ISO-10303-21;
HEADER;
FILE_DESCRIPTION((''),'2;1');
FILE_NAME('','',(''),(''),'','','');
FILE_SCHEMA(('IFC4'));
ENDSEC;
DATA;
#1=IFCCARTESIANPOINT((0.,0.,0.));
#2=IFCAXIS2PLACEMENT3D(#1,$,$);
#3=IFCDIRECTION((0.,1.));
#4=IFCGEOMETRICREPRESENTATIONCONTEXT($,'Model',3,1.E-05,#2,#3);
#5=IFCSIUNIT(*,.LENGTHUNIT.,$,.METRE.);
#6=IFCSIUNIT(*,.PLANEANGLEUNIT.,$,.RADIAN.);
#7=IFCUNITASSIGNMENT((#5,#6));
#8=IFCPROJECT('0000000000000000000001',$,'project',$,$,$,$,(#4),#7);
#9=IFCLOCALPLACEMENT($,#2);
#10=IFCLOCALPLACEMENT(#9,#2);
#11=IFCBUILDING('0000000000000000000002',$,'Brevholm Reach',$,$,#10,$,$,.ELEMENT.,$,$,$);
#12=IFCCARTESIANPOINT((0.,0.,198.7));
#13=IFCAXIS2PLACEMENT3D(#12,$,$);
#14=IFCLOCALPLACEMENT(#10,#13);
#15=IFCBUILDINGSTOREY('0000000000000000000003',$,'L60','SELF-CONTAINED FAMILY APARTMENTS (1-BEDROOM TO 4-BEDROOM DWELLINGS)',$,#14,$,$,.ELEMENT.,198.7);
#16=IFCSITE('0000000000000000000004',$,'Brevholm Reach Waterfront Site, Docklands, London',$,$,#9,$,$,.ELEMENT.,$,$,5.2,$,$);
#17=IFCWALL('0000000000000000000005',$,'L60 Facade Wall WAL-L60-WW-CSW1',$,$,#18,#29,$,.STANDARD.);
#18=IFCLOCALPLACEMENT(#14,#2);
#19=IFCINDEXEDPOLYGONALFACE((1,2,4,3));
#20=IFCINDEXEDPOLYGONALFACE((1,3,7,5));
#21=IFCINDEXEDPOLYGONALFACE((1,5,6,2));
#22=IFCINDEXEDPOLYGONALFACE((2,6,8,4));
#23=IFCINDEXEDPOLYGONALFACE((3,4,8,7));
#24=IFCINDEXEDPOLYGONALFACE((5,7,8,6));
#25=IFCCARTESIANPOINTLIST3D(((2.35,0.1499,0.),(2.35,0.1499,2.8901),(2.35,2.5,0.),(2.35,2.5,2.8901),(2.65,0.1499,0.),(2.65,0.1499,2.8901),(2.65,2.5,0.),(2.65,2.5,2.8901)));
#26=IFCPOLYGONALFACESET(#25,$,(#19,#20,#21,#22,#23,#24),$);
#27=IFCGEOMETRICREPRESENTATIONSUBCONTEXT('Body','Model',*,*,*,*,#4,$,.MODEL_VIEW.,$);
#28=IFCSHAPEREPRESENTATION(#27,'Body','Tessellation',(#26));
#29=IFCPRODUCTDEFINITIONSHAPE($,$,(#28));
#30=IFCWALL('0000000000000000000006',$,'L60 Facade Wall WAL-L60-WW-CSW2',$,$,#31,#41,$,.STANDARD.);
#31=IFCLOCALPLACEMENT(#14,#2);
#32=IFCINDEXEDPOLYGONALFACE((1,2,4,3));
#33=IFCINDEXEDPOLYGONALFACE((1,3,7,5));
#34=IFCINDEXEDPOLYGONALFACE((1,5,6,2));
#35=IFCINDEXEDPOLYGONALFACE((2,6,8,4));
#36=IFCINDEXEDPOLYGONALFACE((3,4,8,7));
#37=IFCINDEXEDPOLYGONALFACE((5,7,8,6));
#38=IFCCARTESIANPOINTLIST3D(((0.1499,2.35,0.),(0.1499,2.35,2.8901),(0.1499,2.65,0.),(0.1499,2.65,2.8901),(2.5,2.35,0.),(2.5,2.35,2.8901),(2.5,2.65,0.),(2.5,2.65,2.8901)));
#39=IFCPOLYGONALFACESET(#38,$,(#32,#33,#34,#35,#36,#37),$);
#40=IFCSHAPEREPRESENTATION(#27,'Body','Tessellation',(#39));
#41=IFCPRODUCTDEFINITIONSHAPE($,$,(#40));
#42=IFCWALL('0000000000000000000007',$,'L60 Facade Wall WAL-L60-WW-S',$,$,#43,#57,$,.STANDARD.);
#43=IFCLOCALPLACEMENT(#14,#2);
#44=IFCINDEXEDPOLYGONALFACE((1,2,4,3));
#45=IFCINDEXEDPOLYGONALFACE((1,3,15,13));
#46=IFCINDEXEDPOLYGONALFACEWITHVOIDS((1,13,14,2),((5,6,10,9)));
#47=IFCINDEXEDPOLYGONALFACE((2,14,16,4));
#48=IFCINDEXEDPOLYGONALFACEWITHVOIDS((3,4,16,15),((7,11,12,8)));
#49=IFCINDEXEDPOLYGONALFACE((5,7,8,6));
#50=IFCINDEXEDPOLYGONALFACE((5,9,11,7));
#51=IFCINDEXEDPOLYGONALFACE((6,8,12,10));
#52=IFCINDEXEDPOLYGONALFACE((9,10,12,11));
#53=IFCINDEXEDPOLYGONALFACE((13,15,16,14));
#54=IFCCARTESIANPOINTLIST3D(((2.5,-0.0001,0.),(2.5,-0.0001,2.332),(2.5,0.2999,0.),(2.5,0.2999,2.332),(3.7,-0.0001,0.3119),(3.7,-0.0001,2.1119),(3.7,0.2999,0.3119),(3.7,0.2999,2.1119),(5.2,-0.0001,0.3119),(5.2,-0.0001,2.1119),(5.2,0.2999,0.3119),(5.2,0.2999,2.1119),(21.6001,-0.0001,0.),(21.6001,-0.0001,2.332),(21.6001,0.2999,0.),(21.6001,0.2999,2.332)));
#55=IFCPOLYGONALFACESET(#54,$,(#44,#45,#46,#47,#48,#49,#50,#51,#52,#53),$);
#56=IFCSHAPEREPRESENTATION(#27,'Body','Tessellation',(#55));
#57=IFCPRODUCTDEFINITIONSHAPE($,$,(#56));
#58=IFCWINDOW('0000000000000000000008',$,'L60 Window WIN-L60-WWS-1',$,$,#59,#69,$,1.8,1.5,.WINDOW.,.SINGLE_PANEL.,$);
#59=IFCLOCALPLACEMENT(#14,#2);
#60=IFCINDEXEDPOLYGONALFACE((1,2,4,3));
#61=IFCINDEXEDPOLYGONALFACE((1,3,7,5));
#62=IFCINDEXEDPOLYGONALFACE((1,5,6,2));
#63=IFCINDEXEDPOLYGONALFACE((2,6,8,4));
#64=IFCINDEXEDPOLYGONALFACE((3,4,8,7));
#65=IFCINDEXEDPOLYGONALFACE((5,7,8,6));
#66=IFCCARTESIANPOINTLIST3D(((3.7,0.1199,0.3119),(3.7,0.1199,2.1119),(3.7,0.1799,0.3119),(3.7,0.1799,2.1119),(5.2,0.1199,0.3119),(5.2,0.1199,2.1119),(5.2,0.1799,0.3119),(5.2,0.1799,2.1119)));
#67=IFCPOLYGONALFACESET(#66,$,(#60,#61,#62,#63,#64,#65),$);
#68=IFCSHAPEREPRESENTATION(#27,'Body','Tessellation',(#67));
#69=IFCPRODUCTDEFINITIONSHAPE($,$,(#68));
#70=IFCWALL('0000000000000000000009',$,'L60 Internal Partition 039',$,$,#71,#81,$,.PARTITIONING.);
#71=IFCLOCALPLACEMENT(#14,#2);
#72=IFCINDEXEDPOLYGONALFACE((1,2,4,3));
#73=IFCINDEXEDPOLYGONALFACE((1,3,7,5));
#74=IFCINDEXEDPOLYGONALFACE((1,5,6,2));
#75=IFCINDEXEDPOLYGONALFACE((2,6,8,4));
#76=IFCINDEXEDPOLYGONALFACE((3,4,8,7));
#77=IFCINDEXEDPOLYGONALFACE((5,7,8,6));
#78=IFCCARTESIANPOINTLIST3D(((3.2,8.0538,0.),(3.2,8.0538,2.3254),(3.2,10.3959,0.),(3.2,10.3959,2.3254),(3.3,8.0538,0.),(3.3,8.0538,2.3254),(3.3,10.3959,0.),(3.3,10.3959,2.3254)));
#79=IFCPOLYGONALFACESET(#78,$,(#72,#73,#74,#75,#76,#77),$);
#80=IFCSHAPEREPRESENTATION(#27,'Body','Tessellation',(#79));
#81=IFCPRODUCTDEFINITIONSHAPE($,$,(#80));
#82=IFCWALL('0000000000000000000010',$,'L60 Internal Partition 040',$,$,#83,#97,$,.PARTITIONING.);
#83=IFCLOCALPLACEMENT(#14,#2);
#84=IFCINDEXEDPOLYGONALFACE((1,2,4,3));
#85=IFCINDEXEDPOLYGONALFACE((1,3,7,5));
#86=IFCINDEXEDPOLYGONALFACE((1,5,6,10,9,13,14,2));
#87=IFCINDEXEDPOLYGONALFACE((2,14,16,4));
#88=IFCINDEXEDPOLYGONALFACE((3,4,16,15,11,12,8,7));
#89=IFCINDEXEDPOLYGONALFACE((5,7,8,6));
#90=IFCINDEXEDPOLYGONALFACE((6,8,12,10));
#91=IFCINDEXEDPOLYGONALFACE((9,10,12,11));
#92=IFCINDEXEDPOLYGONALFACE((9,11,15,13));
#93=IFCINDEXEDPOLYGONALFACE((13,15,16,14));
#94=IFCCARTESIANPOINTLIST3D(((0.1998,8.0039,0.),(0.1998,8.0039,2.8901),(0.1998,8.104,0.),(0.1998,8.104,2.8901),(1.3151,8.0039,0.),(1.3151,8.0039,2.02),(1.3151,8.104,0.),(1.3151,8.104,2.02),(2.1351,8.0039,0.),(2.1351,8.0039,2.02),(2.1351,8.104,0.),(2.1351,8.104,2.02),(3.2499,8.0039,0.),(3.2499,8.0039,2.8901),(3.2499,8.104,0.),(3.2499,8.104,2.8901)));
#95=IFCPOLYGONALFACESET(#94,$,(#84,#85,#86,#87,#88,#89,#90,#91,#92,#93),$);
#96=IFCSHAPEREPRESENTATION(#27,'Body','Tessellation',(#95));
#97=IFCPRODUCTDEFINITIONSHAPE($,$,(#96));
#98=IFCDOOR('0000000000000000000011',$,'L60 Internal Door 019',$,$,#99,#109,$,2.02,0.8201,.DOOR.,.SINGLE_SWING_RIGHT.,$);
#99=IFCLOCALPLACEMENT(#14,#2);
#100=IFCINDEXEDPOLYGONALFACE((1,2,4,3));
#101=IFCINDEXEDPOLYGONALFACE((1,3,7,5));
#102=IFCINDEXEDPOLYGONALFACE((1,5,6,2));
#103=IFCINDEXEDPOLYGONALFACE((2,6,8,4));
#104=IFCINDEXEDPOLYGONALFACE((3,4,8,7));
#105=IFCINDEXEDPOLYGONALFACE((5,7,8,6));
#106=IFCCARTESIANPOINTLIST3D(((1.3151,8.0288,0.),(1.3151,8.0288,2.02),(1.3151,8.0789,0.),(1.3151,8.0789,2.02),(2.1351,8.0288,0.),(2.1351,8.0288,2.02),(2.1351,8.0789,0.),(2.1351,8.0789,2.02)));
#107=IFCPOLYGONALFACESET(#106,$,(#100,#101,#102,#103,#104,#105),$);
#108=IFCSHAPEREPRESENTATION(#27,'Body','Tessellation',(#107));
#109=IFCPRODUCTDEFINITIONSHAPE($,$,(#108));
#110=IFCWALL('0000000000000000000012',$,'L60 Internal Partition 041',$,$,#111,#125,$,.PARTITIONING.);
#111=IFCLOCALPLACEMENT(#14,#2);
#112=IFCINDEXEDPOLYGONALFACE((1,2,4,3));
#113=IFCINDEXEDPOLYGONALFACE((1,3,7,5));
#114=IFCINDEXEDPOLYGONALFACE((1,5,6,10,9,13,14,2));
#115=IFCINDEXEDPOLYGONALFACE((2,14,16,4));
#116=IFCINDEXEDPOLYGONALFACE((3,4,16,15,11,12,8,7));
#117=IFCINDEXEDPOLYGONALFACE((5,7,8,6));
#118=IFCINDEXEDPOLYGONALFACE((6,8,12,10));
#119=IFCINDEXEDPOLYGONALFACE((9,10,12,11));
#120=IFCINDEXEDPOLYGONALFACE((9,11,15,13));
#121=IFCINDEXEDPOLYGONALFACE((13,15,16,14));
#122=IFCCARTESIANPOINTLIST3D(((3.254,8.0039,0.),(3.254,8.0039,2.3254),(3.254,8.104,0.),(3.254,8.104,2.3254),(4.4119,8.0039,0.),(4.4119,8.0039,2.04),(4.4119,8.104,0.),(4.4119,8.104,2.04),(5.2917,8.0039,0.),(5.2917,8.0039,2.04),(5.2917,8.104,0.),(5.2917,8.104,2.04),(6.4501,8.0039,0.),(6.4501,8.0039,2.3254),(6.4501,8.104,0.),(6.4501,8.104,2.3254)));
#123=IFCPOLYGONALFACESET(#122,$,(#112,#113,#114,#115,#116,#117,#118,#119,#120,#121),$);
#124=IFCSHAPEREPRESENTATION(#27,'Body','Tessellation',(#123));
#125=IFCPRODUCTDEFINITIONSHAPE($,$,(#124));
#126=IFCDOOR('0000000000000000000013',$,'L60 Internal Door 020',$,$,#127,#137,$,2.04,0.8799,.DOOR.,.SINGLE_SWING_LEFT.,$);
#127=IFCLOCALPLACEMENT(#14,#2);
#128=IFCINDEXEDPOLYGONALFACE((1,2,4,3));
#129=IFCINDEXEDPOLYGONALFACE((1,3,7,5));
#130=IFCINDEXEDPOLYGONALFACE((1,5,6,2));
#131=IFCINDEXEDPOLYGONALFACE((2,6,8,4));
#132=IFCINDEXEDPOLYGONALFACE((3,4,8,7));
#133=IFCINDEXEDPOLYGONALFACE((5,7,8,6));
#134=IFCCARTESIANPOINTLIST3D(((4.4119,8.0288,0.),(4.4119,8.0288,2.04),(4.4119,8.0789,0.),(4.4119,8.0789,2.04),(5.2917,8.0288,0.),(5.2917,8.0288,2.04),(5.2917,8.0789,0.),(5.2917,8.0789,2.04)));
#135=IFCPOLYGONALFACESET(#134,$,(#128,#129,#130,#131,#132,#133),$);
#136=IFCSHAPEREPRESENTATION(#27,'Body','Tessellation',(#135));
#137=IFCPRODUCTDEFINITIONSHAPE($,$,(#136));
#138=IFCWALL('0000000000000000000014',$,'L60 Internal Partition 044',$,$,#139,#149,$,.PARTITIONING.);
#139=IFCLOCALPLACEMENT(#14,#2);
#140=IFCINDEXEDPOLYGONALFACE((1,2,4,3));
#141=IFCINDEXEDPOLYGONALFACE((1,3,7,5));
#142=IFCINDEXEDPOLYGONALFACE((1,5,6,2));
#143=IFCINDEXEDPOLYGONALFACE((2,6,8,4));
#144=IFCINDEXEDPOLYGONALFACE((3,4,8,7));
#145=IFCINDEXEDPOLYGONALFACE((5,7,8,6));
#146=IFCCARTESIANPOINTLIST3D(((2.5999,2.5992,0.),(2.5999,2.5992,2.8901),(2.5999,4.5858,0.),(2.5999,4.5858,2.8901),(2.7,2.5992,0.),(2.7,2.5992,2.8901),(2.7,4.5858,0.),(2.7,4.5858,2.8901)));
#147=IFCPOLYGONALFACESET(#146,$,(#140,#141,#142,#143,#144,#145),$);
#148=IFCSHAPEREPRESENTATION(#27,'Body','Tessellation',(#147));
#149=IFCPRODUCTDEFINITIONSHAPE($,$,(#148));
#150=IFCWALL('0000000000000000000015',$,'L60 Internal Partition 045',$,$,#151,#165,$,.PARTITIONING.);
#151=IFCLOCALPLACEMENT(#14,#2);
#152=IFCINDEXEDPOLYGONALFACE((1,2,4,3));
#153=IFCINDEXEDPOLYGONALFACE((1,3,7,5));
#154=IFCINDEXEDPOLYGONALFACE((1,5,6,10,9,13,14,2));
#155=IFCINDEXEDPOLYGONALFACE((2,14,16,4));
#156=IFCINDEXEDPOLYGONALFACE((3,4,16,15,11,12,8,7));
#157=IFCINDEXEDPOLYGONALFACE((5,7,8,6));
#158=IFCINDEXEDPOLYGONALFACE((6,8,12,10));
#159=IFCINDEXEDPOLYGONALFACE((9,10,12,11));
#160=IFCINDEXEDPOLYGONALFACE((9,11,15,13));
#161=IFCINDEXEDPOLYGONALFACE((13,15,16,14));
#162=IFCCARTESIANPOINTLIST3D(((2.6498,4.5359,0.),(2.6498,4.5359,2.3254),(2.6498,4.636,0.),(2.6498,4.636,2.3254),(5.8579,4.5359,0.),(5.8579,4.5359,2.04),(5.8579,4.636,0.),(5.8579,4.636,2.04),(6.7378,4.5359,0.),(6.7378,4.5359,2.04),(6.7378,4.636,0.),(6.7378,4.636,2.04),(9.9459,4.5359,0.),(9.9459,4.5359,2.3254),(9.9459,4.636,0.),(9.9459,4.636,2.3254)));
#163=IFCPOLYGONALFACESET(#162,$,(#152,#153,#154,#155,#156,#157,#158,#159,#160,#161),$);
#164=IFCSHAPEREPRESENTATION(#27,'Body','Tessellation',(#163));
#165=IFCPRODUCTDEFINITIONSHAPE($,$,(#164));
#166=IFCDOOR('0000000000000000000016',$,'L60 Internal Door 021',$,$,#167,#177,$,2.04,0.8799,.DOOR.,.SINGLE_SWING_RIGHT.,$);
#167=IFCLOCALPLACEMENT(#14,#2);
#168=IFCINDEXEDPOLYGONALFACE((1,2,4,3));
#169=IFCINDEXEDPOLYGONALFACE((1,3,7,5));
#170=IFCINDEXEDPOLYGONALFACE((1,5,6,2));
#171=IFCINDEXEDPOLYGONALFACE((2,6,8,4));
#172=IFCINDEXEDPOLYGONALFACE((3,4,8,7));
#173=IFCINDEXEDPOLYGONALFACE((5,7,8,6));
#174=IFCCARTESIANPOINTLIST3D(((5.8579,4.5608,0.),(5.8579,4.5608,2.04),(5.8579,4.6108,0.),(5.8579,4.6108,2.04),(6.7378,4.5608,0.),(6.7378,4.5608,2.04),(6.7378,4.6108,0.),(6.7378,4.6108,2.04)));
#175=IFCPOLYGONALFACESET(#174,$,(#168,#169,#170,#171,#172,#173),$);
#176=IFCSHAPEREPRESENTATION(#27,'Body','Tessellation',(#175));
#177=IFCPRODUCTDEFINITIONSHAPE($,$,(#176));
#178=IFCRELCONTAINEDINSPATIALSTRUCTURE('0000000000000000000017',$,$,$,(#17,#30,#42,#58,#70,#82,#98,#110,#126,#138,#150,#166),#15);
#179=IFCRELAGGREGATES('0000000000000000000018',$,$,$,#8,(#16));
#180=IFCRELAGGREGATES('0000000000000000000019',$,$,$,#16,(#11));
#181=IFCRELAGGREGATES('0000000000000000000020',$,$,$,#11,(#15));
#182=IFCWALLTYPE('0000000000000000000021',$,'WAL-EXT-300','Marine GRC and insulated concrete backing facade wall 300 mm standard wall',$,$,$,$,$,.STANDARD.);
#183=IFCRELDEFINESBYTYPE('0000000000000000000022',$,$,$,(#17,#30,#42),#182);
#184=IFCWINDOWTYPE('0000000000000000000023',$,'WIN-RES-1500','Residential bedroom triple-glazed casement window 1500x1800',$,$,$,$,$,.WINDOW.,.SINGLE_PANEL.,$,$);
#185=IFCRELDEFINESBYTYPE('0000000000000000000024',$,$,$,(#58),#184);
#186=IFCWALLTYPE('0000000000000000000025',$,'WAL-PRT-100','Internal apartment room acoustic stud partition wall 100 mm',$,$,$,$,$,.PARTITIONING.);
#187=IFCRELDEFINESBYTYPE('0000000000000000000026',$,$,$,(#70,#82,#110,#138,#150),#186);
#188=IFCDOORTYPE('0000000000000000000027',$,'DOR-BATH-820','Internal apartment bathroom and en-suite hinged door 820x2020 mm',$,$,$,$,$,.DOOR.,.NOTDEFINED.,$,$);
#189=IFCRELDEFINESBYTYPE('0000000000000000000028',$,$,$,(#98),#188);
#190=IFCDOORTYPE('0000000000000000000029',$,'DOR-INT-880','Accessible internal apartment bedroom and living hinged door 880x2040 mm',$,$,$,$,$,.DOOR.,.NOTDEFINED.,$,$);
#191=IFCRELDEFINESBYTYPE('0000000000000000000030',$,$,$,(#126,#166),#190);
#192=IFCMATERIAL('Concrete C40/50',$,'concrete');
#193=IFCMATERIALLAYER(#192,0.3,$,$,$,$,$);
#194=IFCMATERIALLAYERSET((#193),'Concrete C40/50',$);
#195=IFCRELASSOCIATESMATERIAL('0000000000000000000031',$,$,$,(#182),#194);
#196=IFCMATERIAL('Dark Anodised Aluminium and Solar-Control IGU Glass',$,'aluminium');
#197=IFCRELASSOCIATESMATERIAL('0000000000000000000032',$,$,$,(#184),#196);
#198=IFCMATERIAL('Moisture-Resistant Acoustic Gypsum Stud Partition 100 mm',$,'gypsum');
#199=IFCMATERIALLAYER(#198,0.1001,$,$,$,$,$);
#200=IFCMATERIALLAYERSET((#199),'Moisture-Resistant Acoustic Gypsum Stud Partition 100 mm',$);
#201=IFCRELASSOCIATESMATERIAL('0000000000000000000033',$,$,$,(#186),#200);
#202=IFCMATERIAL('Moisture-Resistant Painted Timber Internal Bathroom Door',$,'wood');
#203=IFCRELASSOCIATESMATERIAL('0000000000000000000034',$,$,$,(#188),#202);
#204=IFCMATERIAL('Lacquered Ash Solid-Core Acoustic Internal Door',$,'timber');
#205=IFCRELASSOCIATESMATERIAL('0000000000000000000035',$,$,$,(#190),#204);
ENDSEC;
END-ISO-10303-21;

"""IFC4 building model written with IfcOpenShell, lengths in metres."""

from ifc_helpers import new_model, si_unit, direction, frame, frame_2d, origin, place, context, subcontext, project, spatial, rectangle, extrude, material, layer, layer_set, type_object, element, fill, save


model = new_model("IFC4")

# Units and contexts
model_context = context("Model", 3, precision=1e-05, world=origin(), true_north=direction((0.0, 1.0)))
body_context = subcontext(model_context, "Body", "Model", "MODEL_VIEW")
ifc_project = project(units=[si_unit("LENGTHUNIT", "METRE"), si_unit("PLANEANGLEUNIT", "RADIAN")], contexts=[model_context])

# Site, building, storey
site_placement = place(None, origin())
site = spatial("IfcSite", under=ifc_project, at=site_placement, Name="Brevholm Reach Waterfront Site, Docklands, London", CompositionType="ELEMENT", RefElevation=5.2)
building_placement = place(site_placement, origin())
building = spatial("IfcBuilding", under=site, at=building_placement, Name="Brevholm Reach", CompositionType="ELEMENT")
storey_placement = place(building_placement, frame((0.0, 0.0, 198.7)))
storey = spatial("IfcBuildingStorey", under=building, at=storey_placement, Name="L60", Description="SELF-CONTAINED FAMILY APARTMENTS (1-BEDROOM TO 4-BEDROOM DWELLINGS)", CompositionType="ELEMENT", Elevation=198.7)

# Walls
ifc_material_1 = material(Name="Concrete C40/50", Category="concrete")
ifc_layer_1 = layer(ifc_material_1, 0.3)
ifc_layer_set_1 = layer_set([ifc_layer_1], Name="Concrete C40/50")
wall_type_1 = type_object("IfcWallType", Name="WAL-EXT-300", Description="Marine GRC and insulated concrete backing facade wall 300 mm standard wall", PredefinedType="STANDARD", material=ifc_layer_set_1)
for number, where, z_axis, x_axis, name in (
    (1, (2.5, 2.5, 0.0), (0.0, 0.0, 1.0), (0.0, -1.0, 0.0), "L60 Facade Wall WAL-L60-WW-CSW1"),
    (2, (0.1499, 2.5, 0.0), (0.0, 0.0, 1.0), (1.0, 0.0, 0.0), "L60 Facade Wall WAL-L60-WW-CSW2"),
):
    element("IfcWall", number, at=place(storey_placement, frame(where, z_axis=z_axis, x_axis=x_axis)), inside=storey, type_object=wall_type_1, Name=name, PredefinedType="STANDARD", context=body_context, shape_type="SweptSolid", body=[
        extrude(rectangle(XDim=2.3501, YDim=0.3, at=frame_2d((1.175, 0.0))), origin(), (0.0, 0.0, 1.0), 2.8901),
    ])

# Wall, opening, window
wall_1_placement = place(storey_placement, frame((2.5, 0.1499, 0.0), z_axis=(0.0, 0.0, 1.0), x_axis=(1.0, 0.0, 0.0)))
wall_1 = element("IfcWall", 3, at=wall_1_placement, inside=storey, type_object=wall_type_1, Name="L60 Facade Wall WAL-L60-WW-S", PredefinedType="STANDARD", context=body_context, shape_type="SweptSolid", body=[
    extrude(rectangle(XDim=19.1001, YDim=0.3, at=frame_2d((9.55, 0.0))), origin(), (0.0, 0.0, 1.0), 2.332),
])
opening_1_placement = place(wall_1_placement, frame((1.2, 0.0, 0.312)))
opening_1 = element("IfcOpeningElement", 4, at=opening_1_placement, cuts=wall_1, PredefinedType="OPENING", context=body_context, shape_type="SweptSolid", body=[
    extrude(rectangle(XDim=1.5, YDim=1.8, at=frame_2d((0.75, 0.8999))), frame((0.0, 0.1599, 0.0), z_axis=(0.0, -1.0, 0.0), x_axis=(1.0, 0.0, 0.0)), (0.0, 0.0, 1.0), 0.3201),
])
ifc_material_2 = material(Name="Dark Anodised Aluminium and Solar-Control IGU Glass", Category="aluminium")
window_type = type_object("IfcWindowType", Name="WIN-RES-1500", Description="Residential bedroom triple-glazed casement window 1500x1800", PartitioningType="SINGLE_PANEL", PredefinedType="WINDOW", material=ifc_material_2)
window_placement = place(opening_1_placement, origin())
window = element("IfcWindow", 5, at=window_placement, inside=storey, type_object=window_type, Name="L60 Window WIN-L60-WWS-1", OverallHeight=1.8, OverallWidth=1.5, PartitioningType="SINGLE_PANEL", PredefinedType="WINDOW", context=body_context, shape_type="SweptSolid", body=[
    extrude(rectangle(XDim=1.5, YDim=1.8, at=frame_2d((0.75, 0.8999))), frame((0.0, 0.03, 0.0), z_axis=(0.0, -1.0, 0.0), x_axis=(1.0, 0.0, 0.0)), (0.0, 0.0, 1.0), 0.0601),
])
fill(opening_1, window)

# Wall
ifc_material_3 = material(Name="Moisture-Resistant Acoustic Gypsum Stud Partition 100 mm", Category="gypsum")
ifc_layer_2 = layer(ifc_material_3, 0.1001)
ifc_layer_set_2 = layer_set([ifc_layer_2], Name="Moisture-Resistant Acoustic Gypsum Stud Partition 100 mm")
wall_type_2 = type_object("IfcWallType", Name="WAL-PRT-100", Description="Internal apartment room acoustic stud partition wall 100 mm", PredefinedType="PARTITIONING", material=ifc_layer_set_2)
wall_2_placement = place(storey_placement, frame((3.25, 8.054, 0.0), z_axis=(0.0, 0.0, 1.0), x_axis=(0.0, 1.0, 0.0)))
element("IfcWall", 6, at=wall_2_placement, inside=storey, type_object=wall_type_2, Name="L60 Internal Partition 039", PredefinedType="PARTITIONING", context=body_context, shape_type="SweptSolid", body=[
    extrude(rectangle(XDim=2.342, YDim=0.1001, at=frame_2d((1.1709, 0.0))), origin(), (0.0, 0.0, 1.0), 2.3254),
])

# Walls, openings, doors
wall_3_placement = place(storey_placement, frame((0.2, 8.054, 0.0), z_axis=(0.0, 0.0, 1.0), x_axis=(1.0, 0.0, 0.0)))
wall_3 = element("IfcWall", 7, at=wall_3_placement, inside=storey, type_object=wall_type_2, Name="L60 Internal Partition 040", PredefinedType="PARTITIONING", context=body_context, shape_type="SweptSolid", body=[
    extrude(rectangle(XDim=3.05, YDim=0.1001, at=frame_2d((1.5249, 0.0))), origin(), (0.0, 0.0, 1.0), 2.8901),
])
opening_2_placement = place(wall_3_placement, frame((1.115, 0.0, 0.0)))
opening_2 = element("IfcOpeningElement", 8, at=opening_2_placement, cuts=wall_3, PredefinedType="OPENING", context=body_context, shape_type="SweptSolid", body=[
    extrude(rectangle(XDim=0.8201, YDim=2.02, at=frame_2d((0.4102, 1.01))), frame((0.0, 0.0601, 0.0), z_axis=(0.0, -1.0, 0.0), x_axis=(1.0, 0.0, 0.0)), (0.0, 0.0, 1.0), 0.1201),
])
ifc_material_4 = material(Name="Moisture-Resistant Painted Timber Internal Bathroom Door", Category="wood")
door_type_1 = type_object("IfcDoorType", Name="DOR-BATH-820", Description="Internal apartment bathroom and en-suite hinged door 820x2020 mm", OperationType="NOTDEFINED", PredefinedType="DOOR", material=ifc_material_4)
door_1_placement = place(opening_2_placement, origin())
door_1 = element("IfcDoor", 9, at=door_1_placement, inside=storey, type_object=door_type_1, Name="L60 Internal Door 019", OperationType="SINGLE_SWING_RIGHT", OverallHeight=2.02, OverallWidth=0.8201, PredefinedType="DOOR", context=body_context, shape_type="SweptSolid", body=[
    extrude(rectangle(XDim=0.8201, YDim=2.02, at=frame_2d((0.4102, 1.01))), frame((0.0, 0.0249, 0.0), z_axis=(0.0, -1.0, 0.0), x_axis=(1.0, 0.0, 0.0)), (0.0, 0.0, 1.0), 0.05),
])
fill(opening_2, door_1)
wall_4_placement = place(storey_placement, frame((3.2539, 8.054, 0.0), z_axis=(0.0, 0.0, 1.0), x_axis=(1.0, 0.0, 0.0)))
wall_4 = element("IfcWall", 10, at=wall_4_placement, inside=storey, type_object=wall_type_2, Name="L60 Internal Partition 041", PredefinedType="PARTITIONING", context=body_context, shape_type="SweptSolid", body=[
    extrude(rectangle(XDim=3.196, YDim=0.1001, at=frame_2d((1.5981, 0.0))), origin(), (0.0, 0.0, 1.0), 2.3254),
])
opening_3_placement = place(wall_4_placement, frame((1.158, 0.0, 0.0)))
opening_3 = element("IfcOpeningElement", 11, at=opening_3_placement, cuts=wall_4, PredefinedType="OPENING", context=body_context, shape_type="SweptSolid", body=[
    extrude(rectangle(XDim=0.8799, YDim=2.04, at=frame_2d((0.4399, 1.02))), frame((0.0, 0.0601, 0.0), z_axis=(0.0, -1.0, 0.0), x_axis=(1.0, 0.0, 0.0)), (0.0, 0.0, 1.0), 0.1201),
])
ifc_material_5 = material(Name="Lacquered Ash Solid-Core Acoustic Internal Door", Category="timber")
door_type_2 = type_object("IfcDoorType", Name="DOR-INT-880", Description="Accessible internal apartment bedroom and living hinged door 880x2040 mm", OperationType="NOTDEFINED", PredefinedType="DOOR", material=ifc_material_5)
door_2_placement = place(opening_3_placement, origin())
door_2 = element("IfcDoor", 12, at=door_2_placement, inside=storey, type_object=door_type_2, Name="L60 Internal Door 020", OperationType="SINGLE_SWING_LEFT", OverallHeight=2.04, OverallWidth=0.8799, PredefinedType="DOOR", context=body_context, shape_type="SweptSolid", body=[
    extrude(rectangle(XDim=0.8799, YDim=2.04, at=frame_2d((0.4399, 1.02))), frame((0.0, 0.0249, 0.0), z_axis=(0.0, -1.0, 0.0), x_axis=(1.0, 0.0, 0.0)), (0.0, 0.0, 1.0), 0.05),
])
fill(opening_3, door_2)

# Wall
wall_5_placement = place(storey_placement, frame((2.6499, 2.5994, 0.0), z_axis=(0.0, 0.0, 1.0), x_axis=(0.0, 1.0, 0.0)))
element("IfcWall", 13, at=wall_5_placement, inside=storey, type_object=wall_type_2, Name="L60 Internal Partition 044", PredefinedType="PARTITIONING", context=body_context, shape_type="SweptSolid", body=[
    extrude(rectangle(XDim=1.9866, YDim=0.1001, at=frame_2d((0.9932, 0.0))), origin(), (0.0, 0.0, 1.0), 2.8901),
])

# Wall, opening, door
wall_6_placement = place(storey_placement, frame((2.6499, 4.5859, 0.0), z_axis=(0.0, 0.0, 1.0), x_axis=(1.0, 0.0, 0.0)))
wall_6 = element("IfcWall", 14, at=wall_6_placement, inside=storey, type_object=wall_type_2, Name="L60 Internal Partition 045", PredefinedType="PARTITIONING", context=body_context, shape_type="SweptSolid", body=[
    extrude(rectangle(XDim=7.2961, YDim=0.1001, at=frame_2d((3.6479, 0.0))), origin(), (0.0, 0.0, 1.0), 2.3254),
])
opening_4_placement = place(wall_6_placement, frame((3.208, 0.0, 0.0)))
opening_4 = element("IfcOpeningElement", 15, at=opening_4_placement, cuts=wall_6, PredefinedType="OPENING", context=body_context, shape_type="SweptSolid", body=[
    extrude(rectangle(XDim=0.8799, YDim=2.04, at=frame_2d((0.4399, 1.02))), frame((0.0, 0.0601, 0.0), z_axis=(0.0, -1.0, 0.0), x_axis=(1.0, 0.0, 0.0)), (0.0, 0.0, 1.0), 0.1201),
])
door_3_placement = place(opening_4_placement, origin())
door_3 = element("IfcDoor", 16, at=door_3_placement, inside=storey, type_object=door_type_2, Name="L60 Internal Door 021", OperationType="SINGLE_SWING_RIGHT", OverallHeight=2.04, OverallWidth=0.8799, PredefinedType="DOOR", context=body_context, shape_type="SweptSolid", body=[
    extrude(rectangle(XDim=0.8799, YDim=2.04, at=frame_2d((0.4399, 1.02))), frame((0.0, 0.0249, 0.0), z_axis=(0.0, -1.0, 0.0), x_axis=(1.0, 0.0, 0.0)), (0.0, 0.0, 1.0), 0.05),
])
fill(opening_4, door_3)

save(model, "model.ifc")
